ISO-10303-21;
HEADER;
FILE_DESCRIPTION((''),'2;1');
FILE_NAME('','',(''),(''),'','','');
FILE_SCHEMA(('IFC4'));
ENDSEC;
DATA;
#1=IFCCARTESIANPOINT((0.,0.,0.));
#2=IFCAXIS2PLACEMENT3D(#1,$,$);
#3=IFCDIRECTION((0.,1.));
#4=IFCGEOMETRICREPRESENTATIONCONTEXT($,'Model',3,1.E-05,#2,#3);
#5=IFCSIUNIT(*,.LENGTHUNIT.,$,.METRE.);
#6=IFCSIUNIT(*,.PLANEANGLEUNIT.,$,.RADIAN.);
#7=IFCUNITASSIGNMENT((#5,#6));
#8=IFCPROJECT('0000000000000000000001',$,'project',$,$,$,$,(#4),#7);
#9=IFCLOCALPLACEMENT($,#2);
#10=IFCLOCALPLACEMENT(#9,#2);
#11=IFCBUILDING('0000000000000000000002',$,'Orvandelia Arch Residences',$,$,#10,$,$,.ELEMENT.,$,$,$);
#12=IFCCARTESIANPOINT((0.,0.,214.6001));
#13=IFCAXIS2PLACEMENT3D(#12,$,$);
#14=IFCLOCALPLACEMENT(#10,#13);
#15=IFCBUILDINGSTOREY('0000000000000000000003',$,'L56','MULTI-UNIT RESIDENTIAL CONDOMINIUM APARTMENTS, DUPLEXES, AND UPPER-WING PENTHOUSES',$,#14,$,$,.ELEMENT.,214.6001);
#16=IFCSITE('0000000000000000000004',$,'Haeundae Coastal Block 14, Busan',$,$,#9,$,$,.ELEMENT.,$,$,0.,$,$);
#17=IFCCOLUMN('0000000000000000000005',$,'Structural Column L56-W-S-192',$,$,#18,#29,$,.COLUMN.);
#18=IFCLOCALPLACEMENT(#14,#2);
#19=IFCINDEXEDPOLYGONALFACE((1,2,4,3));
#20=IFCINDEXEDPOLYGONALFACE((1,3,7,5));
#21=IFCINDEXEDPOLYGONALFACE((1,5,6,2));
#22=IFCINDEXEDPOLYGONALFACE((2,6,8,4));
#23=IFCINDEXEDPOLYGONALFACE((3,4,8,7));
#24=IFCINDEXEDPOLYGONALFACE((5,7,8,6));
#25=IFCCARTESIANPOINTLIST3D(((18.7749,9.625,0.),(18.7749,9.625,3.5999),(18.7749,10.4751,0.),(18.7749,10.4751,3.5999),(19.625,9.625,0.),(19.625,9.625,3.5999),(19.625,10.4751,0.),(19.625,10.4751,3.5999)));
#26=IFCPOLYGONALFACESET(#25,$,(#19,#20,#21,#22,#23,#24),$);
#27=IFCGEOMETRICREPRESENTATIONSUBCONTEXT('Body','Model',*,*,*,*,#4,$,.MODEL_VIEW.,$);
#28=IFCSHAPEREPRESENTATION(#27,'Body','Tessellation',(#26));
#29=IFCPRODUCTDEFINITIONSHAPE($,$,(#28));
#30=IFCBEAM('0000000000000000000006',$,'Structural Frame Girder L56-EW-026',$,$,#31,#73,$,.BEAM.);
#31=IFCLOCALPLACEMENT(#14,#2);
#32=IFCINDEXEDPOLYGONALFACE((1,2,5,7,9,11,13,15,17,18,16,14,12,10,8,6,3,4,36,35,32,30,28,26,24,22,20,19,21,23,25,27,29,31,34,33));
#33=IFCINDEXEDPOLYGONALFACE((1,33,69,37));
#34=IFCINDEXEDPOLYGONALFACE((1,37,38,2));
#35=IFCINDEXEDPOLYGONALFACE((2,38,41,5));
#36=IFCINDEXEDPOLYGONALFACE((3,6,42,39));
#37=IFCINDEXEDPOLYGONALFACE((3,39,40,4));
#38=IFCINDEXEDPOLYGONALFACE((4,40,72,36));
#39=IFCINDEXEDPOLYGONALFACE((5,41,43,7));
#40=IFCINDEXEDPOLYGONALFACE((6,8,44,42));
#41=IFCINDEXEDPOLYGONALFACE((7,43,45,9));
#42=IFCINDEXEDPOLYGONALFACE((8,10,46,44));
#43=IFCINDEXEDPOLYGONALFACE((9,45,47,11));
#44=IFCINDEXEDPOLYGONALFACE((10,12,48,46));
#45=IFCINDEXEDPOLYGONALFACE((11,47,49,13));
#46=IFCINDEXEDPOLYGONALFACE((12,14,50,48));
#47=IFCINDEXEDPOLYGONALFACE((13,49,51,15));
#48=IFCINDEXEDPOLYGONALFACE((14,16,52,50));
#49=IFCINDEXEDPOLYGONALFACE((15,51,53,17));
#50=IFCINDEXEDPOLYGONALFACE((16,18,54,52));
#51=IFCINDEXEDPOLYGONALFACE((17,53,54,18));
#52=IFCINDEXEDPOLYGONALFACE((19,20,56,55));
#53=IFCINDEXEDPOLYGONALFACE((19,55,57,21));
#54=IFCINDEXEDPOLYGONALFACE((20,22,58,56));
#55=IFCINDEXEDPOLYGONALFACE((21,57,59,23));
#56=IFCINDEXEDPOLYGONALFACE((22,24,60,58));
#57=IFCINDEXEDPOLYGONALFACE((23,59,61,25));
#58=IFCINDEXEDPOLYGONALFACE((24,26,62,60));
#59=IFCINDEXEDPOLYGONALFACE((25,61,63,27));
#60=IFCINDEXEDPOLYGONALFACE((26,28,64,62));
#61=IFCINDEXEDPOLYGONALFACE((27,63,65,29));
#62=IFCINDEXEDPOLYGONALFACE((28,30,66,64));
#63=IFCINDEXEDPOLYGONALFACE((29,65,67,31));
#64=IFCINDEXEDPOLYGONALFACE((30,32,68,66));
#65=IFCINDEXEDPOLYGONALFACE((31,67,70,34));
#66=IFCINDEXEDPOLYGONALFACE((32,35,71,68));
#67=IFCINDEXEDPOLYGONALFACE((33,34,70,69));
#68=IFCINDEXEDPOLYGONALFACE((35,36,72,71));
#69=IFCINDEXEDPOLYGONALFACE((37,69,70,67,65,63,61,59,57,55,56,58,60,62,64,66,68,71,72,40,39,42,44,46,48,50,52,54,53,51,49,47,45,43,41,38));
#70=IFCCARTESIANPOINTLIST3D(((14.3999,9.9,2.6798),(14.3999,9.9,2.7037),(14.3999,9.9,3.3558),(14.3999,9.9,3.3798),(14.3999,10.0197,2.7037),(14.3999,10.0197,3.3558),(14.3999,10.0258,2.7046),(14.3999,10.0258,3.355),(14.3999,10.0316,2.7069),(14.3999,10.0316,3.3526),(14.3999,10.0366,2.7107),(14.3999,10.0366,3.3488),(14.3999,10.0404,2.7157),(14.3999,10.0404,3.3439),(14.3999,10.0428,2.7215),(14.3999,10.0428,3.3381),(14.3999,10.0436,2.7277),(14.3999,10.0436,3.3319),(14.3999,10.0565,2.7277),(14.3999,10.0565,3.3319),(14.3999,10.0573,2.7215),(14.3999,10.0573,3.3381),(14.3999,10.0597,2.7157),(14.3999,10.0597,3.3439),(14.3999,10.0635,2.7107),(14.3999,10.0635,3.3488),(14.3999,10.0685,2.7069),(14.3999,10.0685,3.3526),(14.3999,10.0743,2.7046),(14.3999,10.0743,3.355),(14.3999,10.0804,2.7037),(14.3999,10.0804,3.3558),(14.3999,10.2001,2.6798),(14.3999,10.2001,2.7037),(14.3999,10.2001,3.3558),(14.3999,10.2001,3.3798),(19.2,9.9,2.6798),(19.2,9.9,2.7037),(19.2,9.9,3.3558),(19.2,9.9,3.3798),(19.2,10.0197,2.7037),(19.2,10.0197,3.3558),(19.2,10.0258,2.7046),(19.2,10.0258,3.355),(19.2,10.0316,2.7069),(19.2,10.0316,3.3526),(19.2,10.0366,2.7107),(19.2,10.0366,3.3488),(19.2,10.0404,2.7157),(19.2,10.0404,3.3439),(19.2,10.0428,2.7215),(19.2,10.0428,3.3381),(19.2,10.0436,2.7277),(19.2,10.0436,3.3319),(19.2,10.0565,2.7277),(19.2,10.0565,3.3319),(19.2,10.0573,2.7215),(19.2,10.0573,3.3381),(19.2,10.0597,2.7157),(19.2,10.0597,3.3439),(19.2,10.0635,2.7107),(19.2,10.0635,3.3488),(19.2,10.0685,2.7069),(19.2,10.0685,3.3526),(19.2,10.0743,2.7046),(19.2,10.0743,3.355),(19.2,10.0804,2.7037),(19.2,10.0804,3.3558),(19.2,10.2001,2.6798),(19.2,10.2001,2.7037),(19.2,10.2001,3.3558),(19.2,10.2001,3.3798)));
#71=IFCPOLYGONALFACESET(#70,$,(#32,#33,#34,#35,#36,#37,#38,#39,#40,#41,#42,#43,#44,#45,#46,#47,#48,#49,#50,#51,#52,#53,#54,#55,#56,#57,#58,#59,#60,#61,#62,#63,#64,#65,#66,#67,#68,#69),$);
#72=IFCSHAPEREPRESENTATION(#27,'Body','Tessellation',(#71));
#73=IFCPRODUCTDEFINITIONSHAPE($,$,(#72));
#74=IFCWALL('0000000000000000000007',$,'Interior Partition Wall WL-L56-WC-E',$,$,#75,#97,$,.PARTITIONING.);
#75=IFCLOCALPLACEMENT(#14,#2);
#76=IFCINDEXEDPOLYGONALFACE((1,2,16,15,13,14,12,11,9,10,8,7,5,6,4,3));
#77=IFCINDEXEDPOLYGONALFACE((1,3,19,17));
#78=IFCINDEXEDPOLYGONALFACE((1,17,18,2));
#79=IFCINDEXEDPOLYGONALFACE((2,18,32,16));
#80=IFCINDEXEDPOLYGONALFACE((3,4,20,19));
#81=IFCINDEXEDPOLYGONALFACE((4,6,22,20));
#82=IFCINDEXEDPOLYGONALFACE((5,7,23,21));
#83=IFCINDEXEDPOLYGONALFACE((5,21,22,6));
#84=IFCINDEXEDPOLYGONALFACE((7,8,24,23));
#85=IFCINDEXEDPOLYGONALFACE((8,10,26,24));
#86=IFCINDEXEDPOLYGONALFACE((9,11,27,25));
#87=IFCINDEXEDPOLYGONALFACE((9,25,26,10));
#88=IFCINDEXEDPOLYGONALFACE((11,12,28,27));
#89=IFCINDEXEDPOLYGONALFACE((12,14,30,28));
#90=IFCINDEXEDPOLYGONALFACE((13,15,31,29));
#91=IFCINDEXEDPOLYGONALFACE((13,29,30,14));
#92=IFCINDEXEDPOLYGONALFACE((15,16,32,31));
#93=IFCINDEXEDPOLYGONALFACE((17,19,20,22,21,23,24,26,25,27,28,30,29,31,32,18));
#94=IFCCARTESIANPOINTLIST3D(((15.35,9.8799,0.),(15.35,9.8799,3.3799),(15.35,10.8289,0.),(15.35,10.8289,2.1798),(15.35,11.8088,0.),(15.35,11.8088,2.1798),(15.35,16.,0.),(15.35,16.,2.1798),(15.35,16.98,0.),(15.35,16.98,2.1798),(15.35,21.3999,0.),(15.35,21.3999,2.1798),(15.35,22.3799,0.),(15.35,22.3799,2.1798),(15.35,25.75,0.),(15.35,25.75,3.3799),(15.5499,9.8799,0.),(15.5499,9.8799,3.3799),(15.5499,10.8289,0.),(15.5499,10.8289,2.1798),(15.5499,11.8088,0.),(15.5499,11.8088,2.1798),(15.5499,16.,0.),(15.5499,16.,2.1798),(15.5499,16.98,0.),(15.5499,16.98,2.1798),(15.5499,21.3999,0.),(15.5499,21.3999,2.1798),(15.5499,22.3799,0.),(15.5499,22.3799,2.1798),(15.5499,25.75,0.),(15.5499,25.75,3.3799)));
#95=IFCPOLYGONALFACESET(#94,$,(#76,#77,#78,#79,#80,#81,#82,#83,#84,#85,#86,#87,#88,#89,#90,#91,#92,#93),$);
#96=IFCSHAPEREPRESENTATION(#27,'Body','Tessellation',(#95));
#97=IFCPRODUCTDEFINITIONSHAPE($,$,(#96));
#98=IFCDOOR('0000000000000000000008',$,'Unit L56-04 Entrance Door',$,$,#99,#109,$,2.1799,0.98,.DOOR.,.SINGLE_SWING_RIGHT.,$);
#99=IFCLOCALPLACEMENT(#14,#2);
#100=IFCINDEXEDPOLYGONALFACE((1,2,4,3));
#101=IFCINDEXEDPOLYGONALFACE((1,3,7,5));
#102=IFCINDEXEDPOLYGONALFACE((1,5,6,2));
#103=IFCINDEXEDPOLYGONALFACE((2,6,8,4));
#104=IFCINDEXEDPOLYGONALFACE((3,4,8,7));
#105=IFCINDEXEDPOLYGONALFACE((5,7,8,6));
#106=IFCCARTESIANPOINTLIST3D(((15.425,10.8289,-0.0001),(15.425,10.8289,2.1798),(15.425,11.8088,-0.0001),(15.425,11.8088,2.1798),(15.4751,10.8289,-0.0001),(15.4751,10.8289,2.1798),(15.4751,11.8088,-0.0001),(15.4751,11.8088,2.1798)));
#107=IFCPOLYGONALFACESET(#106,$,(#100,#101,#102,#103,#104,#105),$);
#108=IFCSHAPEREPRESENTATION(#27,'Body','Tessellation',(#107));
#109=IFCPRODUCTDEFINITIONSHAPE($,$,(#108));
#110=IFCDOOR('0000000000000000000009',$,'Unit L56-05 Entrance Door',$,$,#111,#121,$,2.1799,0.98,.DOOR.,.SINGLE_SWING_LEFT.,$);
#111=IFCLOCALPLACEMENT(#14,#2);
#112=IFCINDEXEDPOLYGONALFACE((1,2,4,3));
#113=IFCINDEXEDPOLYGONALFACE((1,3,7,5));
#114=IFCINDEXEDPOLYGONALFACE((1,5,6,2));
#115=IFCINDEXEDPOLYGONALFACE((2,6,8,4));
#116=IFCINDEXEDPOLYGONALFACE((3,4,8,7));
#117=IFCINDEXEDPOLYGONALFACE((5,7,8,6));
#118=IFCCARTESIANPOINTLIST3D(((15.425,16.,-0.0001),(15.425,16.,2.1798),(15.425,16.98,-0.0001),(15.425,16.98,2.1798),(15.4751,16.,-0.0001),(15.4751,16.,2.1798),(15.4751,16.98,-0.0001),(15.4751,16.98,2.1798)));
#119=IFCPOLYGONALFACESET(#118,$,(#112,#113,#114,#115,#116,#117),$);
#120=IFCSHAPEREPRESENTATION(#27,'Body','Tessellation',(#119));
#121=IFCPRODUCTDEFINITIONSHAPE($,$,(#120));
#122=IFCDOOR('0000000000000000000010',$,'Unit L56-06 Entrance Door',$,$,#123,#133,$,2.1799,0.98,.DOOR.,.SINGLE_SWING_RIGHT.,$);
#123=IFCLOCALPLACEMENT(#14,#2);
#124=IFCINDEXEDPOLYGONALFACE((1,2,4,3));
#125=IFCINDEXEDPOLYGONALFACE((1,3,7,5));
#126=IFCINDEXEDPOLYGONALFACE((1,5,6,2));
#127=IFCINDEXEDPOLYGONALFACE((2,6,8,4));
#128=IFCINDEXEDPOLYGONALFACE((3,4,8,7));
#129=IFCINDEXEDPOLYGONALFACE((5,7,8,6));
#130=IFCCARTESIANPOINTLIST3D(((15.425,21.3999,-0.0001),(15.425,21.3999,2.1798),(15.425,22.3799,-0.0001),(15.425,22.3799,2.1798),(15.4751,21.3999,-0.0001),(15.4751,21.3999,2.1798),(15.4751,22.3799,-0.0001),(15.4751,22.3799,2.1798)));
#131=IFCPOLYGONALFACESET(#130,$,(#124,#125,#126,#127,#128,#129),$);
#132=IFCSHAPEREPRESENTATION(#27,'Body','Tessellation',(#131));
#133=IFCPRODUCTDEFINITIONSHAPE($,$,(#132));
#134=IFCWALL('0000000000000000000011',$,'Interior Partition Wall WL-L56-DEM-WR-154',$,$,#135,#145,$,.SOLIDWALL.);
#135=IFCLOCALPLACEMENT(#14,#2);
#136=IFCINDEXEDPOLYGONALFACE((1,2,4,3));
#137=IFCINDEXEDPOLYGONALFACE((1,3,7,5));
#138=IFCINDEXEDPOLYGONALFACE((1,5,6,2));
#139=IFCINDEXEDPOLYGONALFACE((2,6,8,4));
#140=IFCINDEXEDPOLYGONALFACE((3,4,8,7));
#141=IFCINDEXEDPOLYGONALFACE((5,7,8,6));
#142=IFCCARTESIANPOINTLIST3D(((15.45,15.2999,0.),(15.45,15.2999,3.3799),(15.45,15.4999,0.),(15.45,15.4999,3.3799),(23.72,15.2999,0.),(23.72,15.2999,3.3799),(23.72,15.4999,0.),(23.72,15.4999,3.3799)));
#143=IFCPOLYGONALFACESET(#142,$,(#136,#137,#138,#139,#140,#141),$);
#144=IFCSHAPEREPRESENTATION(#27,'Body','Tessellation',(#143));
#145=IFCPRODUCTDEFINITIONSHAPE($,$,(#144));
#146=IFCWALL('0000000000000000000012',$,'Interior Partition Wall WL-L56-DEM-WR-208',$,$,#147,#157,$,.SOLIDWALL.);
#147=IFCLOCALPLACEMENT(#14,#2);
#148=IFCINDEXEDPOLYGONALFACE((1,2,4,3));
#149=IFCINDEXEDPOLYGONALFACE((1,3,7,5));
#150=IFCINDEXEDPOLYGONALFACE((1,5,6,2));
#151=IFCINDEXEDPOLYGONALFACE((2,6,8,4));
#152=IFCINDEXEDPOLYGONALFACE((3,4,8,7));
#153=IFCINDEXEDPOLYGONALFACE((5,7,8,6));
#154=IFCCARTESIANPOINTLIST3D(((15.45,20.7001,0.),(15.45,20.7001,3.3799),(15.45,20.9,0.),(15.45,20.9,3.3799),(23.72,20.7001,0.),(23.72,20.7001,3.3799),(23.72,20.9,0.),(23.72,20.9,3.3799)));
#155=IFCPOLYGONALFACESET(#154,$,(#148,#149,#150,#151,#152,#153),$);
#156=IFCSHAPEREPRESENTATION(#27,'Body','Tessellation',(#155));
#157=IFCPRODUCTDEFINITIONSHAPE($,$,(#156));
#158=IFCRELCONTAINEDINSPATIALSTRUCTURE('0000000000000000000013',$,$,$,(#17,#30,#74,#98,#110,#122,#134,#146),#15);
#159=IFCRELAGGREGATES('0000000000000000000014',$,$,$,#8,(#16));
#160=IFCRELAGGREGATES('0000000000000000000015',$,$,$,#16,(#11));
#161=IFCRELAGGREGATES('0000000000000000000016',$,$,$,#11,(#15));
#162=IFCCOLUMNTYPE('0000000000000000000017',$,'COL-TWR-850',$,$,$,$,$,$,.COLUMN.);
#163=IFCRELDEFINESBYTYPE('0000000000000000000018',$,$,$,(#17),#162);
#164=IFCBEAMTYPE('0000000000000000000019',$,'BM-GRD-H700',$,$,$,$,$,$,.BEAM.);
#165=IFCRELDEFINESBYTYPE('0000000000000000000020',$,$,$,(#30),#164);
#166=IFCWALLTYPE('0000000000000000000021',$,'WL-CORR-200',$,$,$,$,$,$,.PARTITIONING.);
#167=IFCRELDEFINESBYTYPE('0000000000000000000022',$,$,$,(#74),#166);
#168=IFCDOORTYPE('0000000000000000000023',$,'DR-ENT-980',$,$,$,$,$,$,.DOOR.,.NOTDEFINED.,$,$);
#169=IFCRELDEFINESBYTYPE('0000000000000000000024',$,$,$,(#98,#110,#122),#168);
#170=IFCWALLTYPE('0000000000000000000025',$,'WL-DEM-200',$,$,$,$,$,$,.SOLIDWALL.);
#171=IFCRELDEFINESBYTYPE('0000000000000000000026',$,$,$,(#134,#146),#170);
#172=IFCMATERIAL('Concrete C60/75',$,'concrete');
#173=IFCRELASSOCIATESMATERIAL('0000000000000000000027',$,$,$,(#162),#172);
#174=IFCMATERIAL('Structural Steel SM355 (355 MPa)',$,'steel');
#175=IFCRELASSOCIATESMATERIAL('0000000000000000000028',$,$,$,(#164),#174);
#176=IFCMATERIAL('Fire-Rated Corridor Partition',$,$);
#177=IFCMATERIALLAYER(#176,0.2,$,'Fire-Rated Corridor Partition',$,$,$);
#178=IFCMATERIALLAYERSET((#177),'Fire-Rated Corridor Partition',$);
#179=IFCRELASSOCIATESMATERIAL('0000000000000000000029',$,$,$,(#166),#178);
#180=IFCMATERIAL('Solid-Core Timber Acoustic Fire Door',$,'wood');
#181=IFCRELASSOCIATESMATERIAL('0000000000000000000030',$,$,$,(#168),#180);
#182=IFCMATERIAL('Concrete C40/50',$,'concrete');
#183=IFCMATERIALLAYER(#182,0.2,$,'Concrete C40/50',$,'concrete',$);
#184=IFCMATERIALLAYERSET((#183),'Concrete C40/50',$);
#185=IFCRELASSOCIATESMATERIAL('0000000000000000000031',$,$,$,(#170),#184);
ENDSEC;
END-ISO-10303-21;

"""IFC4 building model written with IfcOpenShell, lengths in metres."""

from ifc_helpers import new_model, si_unit, direction, frame, frame_2d, origin, origin_2d, place, context, subcontext, project, spatial, rectangle, i_section, extrude, material, layer, layer_set, material_profile, profile_set, type_object, element, fill, save


model = new_model("IFC4")

# Units and contexts
model_context = context("Model", 3, precision=1e-05, world=origin(), true_north=direction((0.0, 1.0)))
body_context = subcontext(model_context, "Body", "Model", "MODEL_VIEW")
ifc_project = project(units=[si_unit("LENGTHUNIT", "METRE"), si_unit("PLANEANGLEUNIT", "RADIAN")], contexts=[model_context])

# Site, building, storey
site_placement = place(None, origin())
site = spatial("IfcSite", under=ifc_project, at=site_placement, Name="Haeundae Coastal Block 14, Busan", CompositionType="ELEMENT", RefElevation=0.0)
building_placement = place(site_placement, origin())
building = spatial("IfcBuilding", under=site, at=building_placement, Name="Orvandelia Arch Residences", CompositionType="ELEMENT")
storey_placement = place(building_placement, frame((0.0, 0.0, 214.6001)))
storey = spatial("IfcBuildingStorey", under=building, at=storey_placement, Name="L56", Description="MULTI-UNIT RESIDENTIAL CONDOMINIUM APARTMENTS, DUPLEXES, AND UPPER-WING PENTHOUSES", CompositionType="ELEMENT", Elevation=214.6001)

# Column
ifc_material_1 = material(Name="Concrete C60/75", Category="concrete")
ifc_material_profile_1 = material_profile(ifc_material_1, rectangle(XDim=0.8501, YDim=0.8501, at=origin_2d()), Name="Concrete C60/75", Category="concrete")
ifc_profile_set_1 = profile_set([ifc_material_profile_1], Name="Concrete C60/75")
column_type = type_object("IfcColumnType", Name="COL-TWR-850", PredefinedType="COLUMN", material=ifc_profile_set_1)
column_placement = place(storey_placement, frame((19.2, 10.05, 0.0), z_axis=(0.0, 0.0, 1.0), x_axis=(1.0, 0.0, 0.0)))
element("IfcColumn", 1, at=column_placement, inside=storey, type_object=column_type, Name="Structural Column L56-W-S-192", PredefinedType="COLUMN", context=body_context, shape_type="SweptSolid", body=[
    extrude(rectangle(XDim=0.8501, YDim=0.8501, at=origin_2d()), origin(), (0.0, 0.0, 1.0), 3.5999),
])

# Beam
ifc_material_2 = material(Name="Structural Steel SM355 (355 MPa)", Category="steel")
ifc_material_profile_2 = material_profile(ifc_material_2, i_section(OverallWidth=0.3, OverallDepth=0.7, WebThickness=0.0129, FlangeThickness=0.0239, FilletRadius=0.0239, at=origin_2d()), Name="Structural Steel SM355 (355 MPa)", Category="steel")
ifc_profile_set_2 = profile_set([ifc_material_profile_2], Name="Structural Steel SM355 (355 MPa)")
beam_type = type_object("IfcBeamType", Name="BM-GRD-H700", PredefinedType="BEAM", material=ifc_profile_set_2)
beam_placement = place(storey_placement, frame((14.3999, 10.05, 3.0298), z_axis=(1.0, 0.0, 0.0), x_axis=(0.0, 1.0, 0.0)))
element("IfcBeam", 2, at=beam_placement, inside=storey, type_object=beam_type, Name="Structural Frame Girder L56-EW-026", PredefinedType="BEAM", context=body_context, shape_type="SweptSolid", body=[
    extrude(i_section(OverallWidth=0.3, OverallDepth=0.7, WebThickness=0.0129, FlangeThickness=0.0239, FilletRadius=0.0239, at=origin_2d()), origin(), (0.0, 0.0, 1.0), 4.8),
])

# Wall, openings, doors
ifc_material_3 = material(Name="Fire-Rated Corridor Partition")
ifc_layer_1 = layer(ifc_material_3, 0.2, Name="Fire-Rated Corridor Partition")
ifc_layer_set_1 = layer_set([ifc_layer_1], Name="Fire-Rated Corridor Partition")
wall_type_1 = type_object("IfcWallType", Name="WL-CORR-200", PredefinedType="PARTITIONING", material=ifc_layer_set_1)
wall_1_placement = place(storey_placement, frame((15.45, 9.8799, 0.0), z_axis=(0.0, 0.0, 1.0), x_axis=(0.0, 1.0, 0.0)))
wall_1 = element("IfcWall", 3, at=wall_1_placement, inside=storey, type_object=wall_type_1, Name="Interior Partition Wall WL-L56-WC-E", PredefinedType="PARTITIONING", context=body_context, shape_type="SweptSolid", body=[
    extrude(rectangle(XDim=15.8701, YDim=0.2, at=frame_2d((7.9351, 0.0))), origin(), (0.0, 0.0, 1.0), 3.3799),
])
opening_1_placement = place(wall_1_placement, frame((0.949, 0.0, 0.0)))
opening_1 = element("IfcOpeningElement", 4, at=opening_1_placement, cuts=wall_1, PredefinedType="OPENING", context=body_context, shape_type="SweptSolid", body=[
    extrude(rectangle(XDim=0.98, YDim=2.1799, at=frame_2d((0.49, 1.0898))), frame((0.0, 0.1099, 0.0), z_axis=(0.0, -1.0, 0.0), x_axis=(1.0, 0.0, 0.0)), (0.0, 0.0, 1.0), 0.22),
])
opening_2_placement = place(wall_1_placement, frame((6.1201, 0.0, 0.0)))
opening_2 = element("IfcOpeningElement", 5, at=opening_2_placement, cuts=wall_1, PredefinedType="OPENING", context=body_context, shape_type="SweptSolid", body=[
    extrude(rectangle(XDim=0.98, YDim=2.1799, at=frame_2d((0.49, 1.0898))), frame((0.0, 0.1099, 0.0), z_axis=(0.0, -1.0, 0.0), x_axis=(1.0, 0.0, 0.0)), (0.0, 0.0, 1.0), 0.22),
])
opening_3_placement = place(wall_1_placement, frame((11.52, 0.0, 0.0)))
opening_3 = element("IfcOpeningElement", 6, at=opening_3_placement, cuts=wall_1, PredefinedType="OPENING", context=body_context, shape_type="SweptSolid", body=[
    extrude(rectangle(XDim=0.98, YDim=2.1799, at=frame_2d((0.49, 1.0898))), frame((0.0, 0.1099, 0.0), z_axis=(0.0, -1.0, 0.0), x_axis=(1.0, 0.0, 0.0)), (0.0, 0.0, 1.0), 0.22),
])
ifc_material_4 = material(Name="Solid-Core Timber Acoustic Fire Door", Category="wood")
door_type_1 = type_object("IfcDoorType", Name="DR-ENT-980", OperationType="NOTDEFINED", PredefinedType="DOOR", material=ifc_material_4)
door_1_placement = place(opening_1_placement, origin())
door_1 = element("IfcDoor", 7, at=door_1_placement, inside=storey, type_object=door_type_1, Name="Unit L56-04 Entrance Door", OperationType="SINGLE_SWING_RIGHT", OverallHeight=2.1799, OverallWidth=0.98, PredefinedType="DOOR", context=body_context, shape_type="SweptSolid", body=[
    extrude(rectangle(XDim=0.98, YDim=2.1799, at=frame_2d((0.49, 1.0898))), frame((0.0, 0.0249, 0.0), z_axis=(0.0, -1.0, 0.0), x_axis=(1.0, 0.0, 0.0)), (0.0, 0.0, 1.0), 0.05),
])
fill(opening_1, door_1)
door_2_placement = place(opening_2_placement, origin())
door_2 = element("IfcDoor", 8, at=door_2_placement, inside=storey, type_object=door_type_1, Name="Unit L56-05 Entrance Door", OperationType="SINGLE_SWING_LEFT", OverallHeight=2.1799, OverallWidth=0.98, PredefinedType="DOOR", context=body_context, shape_type="SweptSolid", body=[
    extrude(rectangle(XDim=0.98, YDim=2.1799, at=frame_2d((0.49, 1.0898))), frame((0.0, 0.0249, 0.0), z_axis=(0.0, -1.0, 0.0), x_axis=(1.0, 0.0, 0.0)), (0.0, 0.0, 1.0), 0.05),
])
fill(opening_2, door_2)
door_3_placement = place(opening_3_placement, origin())
door_3 = element("IfcDoor", 9, at=door_3_placement, inside=storey, type_object=door_type_1, Name="Unit L56-06 Entrance Door", OperationType="SINGLE_SWING_RIGHT", OverallHeight=2.1799, OverallWidth=0.98, PredefinedType="DOOR", context=body_context, shape_type="SweptSolid", body=[
    extrude(rectangle(XDim=0.98, YDim=2.1799, at=frame_2d((0.49, 1.0898))), frame((0.0, 0.0249, 0.0), z_axis=(0.0, -1.0, 0.0), x_axis=(1.0, 0.0, 0.0)), (0.0, 0.0, 1.0), 0.05),
])
fill(opening_3, door_3)

# Walls
ifc_material_5 = material(Name="Concrete C40/50", Category="concrete")
ifc_layer_2 = layer(ifc_material_5, 0.2, Name="Concrete C40/50", Category="concrete")
ifc_layer_set_2 = layer_set([ifc_layer_2], Name="Concrete C40/50")
wall_type_2 = type_object("IfcWallType", Name="WL-DEM-200", PredefinedType="SOLIDWALL", material=ifc_layer_set_2)
for number, where, z_axis, x_axis, name in (
    (10, (15.45, 15.3999, 0.0), (0.0, 0.0, 1.0), (1.0, 0.0, 0.0), "Interior Partition Wall WL-L56-DEM-WR-154"),
    (11, (15.45, 20.8, 0.0), (0.0, 0.0, 1.0), (1.0, 0.0, 0.0), "Interior Partition Wall WL-L56-DEM-WR-208"),
):
    element("IfcWall", number, at=place(storey_placement, frame(where, z_axis=z_axis, x_axis=x_axis)), inside=storey, type_object=wall_type_2, Name=name, PredefinedType="SOLIDWALL", context=body_context, shape_type="SweptSolid", body=[
        extrude(rectangle(XDim=8.27, YDim=0.2, at=frame_2d((4.135, 0.0))), origin(), (0.0, 0.0, 1.0), 3.3799),
    ])

save(model, "model.ifc")
